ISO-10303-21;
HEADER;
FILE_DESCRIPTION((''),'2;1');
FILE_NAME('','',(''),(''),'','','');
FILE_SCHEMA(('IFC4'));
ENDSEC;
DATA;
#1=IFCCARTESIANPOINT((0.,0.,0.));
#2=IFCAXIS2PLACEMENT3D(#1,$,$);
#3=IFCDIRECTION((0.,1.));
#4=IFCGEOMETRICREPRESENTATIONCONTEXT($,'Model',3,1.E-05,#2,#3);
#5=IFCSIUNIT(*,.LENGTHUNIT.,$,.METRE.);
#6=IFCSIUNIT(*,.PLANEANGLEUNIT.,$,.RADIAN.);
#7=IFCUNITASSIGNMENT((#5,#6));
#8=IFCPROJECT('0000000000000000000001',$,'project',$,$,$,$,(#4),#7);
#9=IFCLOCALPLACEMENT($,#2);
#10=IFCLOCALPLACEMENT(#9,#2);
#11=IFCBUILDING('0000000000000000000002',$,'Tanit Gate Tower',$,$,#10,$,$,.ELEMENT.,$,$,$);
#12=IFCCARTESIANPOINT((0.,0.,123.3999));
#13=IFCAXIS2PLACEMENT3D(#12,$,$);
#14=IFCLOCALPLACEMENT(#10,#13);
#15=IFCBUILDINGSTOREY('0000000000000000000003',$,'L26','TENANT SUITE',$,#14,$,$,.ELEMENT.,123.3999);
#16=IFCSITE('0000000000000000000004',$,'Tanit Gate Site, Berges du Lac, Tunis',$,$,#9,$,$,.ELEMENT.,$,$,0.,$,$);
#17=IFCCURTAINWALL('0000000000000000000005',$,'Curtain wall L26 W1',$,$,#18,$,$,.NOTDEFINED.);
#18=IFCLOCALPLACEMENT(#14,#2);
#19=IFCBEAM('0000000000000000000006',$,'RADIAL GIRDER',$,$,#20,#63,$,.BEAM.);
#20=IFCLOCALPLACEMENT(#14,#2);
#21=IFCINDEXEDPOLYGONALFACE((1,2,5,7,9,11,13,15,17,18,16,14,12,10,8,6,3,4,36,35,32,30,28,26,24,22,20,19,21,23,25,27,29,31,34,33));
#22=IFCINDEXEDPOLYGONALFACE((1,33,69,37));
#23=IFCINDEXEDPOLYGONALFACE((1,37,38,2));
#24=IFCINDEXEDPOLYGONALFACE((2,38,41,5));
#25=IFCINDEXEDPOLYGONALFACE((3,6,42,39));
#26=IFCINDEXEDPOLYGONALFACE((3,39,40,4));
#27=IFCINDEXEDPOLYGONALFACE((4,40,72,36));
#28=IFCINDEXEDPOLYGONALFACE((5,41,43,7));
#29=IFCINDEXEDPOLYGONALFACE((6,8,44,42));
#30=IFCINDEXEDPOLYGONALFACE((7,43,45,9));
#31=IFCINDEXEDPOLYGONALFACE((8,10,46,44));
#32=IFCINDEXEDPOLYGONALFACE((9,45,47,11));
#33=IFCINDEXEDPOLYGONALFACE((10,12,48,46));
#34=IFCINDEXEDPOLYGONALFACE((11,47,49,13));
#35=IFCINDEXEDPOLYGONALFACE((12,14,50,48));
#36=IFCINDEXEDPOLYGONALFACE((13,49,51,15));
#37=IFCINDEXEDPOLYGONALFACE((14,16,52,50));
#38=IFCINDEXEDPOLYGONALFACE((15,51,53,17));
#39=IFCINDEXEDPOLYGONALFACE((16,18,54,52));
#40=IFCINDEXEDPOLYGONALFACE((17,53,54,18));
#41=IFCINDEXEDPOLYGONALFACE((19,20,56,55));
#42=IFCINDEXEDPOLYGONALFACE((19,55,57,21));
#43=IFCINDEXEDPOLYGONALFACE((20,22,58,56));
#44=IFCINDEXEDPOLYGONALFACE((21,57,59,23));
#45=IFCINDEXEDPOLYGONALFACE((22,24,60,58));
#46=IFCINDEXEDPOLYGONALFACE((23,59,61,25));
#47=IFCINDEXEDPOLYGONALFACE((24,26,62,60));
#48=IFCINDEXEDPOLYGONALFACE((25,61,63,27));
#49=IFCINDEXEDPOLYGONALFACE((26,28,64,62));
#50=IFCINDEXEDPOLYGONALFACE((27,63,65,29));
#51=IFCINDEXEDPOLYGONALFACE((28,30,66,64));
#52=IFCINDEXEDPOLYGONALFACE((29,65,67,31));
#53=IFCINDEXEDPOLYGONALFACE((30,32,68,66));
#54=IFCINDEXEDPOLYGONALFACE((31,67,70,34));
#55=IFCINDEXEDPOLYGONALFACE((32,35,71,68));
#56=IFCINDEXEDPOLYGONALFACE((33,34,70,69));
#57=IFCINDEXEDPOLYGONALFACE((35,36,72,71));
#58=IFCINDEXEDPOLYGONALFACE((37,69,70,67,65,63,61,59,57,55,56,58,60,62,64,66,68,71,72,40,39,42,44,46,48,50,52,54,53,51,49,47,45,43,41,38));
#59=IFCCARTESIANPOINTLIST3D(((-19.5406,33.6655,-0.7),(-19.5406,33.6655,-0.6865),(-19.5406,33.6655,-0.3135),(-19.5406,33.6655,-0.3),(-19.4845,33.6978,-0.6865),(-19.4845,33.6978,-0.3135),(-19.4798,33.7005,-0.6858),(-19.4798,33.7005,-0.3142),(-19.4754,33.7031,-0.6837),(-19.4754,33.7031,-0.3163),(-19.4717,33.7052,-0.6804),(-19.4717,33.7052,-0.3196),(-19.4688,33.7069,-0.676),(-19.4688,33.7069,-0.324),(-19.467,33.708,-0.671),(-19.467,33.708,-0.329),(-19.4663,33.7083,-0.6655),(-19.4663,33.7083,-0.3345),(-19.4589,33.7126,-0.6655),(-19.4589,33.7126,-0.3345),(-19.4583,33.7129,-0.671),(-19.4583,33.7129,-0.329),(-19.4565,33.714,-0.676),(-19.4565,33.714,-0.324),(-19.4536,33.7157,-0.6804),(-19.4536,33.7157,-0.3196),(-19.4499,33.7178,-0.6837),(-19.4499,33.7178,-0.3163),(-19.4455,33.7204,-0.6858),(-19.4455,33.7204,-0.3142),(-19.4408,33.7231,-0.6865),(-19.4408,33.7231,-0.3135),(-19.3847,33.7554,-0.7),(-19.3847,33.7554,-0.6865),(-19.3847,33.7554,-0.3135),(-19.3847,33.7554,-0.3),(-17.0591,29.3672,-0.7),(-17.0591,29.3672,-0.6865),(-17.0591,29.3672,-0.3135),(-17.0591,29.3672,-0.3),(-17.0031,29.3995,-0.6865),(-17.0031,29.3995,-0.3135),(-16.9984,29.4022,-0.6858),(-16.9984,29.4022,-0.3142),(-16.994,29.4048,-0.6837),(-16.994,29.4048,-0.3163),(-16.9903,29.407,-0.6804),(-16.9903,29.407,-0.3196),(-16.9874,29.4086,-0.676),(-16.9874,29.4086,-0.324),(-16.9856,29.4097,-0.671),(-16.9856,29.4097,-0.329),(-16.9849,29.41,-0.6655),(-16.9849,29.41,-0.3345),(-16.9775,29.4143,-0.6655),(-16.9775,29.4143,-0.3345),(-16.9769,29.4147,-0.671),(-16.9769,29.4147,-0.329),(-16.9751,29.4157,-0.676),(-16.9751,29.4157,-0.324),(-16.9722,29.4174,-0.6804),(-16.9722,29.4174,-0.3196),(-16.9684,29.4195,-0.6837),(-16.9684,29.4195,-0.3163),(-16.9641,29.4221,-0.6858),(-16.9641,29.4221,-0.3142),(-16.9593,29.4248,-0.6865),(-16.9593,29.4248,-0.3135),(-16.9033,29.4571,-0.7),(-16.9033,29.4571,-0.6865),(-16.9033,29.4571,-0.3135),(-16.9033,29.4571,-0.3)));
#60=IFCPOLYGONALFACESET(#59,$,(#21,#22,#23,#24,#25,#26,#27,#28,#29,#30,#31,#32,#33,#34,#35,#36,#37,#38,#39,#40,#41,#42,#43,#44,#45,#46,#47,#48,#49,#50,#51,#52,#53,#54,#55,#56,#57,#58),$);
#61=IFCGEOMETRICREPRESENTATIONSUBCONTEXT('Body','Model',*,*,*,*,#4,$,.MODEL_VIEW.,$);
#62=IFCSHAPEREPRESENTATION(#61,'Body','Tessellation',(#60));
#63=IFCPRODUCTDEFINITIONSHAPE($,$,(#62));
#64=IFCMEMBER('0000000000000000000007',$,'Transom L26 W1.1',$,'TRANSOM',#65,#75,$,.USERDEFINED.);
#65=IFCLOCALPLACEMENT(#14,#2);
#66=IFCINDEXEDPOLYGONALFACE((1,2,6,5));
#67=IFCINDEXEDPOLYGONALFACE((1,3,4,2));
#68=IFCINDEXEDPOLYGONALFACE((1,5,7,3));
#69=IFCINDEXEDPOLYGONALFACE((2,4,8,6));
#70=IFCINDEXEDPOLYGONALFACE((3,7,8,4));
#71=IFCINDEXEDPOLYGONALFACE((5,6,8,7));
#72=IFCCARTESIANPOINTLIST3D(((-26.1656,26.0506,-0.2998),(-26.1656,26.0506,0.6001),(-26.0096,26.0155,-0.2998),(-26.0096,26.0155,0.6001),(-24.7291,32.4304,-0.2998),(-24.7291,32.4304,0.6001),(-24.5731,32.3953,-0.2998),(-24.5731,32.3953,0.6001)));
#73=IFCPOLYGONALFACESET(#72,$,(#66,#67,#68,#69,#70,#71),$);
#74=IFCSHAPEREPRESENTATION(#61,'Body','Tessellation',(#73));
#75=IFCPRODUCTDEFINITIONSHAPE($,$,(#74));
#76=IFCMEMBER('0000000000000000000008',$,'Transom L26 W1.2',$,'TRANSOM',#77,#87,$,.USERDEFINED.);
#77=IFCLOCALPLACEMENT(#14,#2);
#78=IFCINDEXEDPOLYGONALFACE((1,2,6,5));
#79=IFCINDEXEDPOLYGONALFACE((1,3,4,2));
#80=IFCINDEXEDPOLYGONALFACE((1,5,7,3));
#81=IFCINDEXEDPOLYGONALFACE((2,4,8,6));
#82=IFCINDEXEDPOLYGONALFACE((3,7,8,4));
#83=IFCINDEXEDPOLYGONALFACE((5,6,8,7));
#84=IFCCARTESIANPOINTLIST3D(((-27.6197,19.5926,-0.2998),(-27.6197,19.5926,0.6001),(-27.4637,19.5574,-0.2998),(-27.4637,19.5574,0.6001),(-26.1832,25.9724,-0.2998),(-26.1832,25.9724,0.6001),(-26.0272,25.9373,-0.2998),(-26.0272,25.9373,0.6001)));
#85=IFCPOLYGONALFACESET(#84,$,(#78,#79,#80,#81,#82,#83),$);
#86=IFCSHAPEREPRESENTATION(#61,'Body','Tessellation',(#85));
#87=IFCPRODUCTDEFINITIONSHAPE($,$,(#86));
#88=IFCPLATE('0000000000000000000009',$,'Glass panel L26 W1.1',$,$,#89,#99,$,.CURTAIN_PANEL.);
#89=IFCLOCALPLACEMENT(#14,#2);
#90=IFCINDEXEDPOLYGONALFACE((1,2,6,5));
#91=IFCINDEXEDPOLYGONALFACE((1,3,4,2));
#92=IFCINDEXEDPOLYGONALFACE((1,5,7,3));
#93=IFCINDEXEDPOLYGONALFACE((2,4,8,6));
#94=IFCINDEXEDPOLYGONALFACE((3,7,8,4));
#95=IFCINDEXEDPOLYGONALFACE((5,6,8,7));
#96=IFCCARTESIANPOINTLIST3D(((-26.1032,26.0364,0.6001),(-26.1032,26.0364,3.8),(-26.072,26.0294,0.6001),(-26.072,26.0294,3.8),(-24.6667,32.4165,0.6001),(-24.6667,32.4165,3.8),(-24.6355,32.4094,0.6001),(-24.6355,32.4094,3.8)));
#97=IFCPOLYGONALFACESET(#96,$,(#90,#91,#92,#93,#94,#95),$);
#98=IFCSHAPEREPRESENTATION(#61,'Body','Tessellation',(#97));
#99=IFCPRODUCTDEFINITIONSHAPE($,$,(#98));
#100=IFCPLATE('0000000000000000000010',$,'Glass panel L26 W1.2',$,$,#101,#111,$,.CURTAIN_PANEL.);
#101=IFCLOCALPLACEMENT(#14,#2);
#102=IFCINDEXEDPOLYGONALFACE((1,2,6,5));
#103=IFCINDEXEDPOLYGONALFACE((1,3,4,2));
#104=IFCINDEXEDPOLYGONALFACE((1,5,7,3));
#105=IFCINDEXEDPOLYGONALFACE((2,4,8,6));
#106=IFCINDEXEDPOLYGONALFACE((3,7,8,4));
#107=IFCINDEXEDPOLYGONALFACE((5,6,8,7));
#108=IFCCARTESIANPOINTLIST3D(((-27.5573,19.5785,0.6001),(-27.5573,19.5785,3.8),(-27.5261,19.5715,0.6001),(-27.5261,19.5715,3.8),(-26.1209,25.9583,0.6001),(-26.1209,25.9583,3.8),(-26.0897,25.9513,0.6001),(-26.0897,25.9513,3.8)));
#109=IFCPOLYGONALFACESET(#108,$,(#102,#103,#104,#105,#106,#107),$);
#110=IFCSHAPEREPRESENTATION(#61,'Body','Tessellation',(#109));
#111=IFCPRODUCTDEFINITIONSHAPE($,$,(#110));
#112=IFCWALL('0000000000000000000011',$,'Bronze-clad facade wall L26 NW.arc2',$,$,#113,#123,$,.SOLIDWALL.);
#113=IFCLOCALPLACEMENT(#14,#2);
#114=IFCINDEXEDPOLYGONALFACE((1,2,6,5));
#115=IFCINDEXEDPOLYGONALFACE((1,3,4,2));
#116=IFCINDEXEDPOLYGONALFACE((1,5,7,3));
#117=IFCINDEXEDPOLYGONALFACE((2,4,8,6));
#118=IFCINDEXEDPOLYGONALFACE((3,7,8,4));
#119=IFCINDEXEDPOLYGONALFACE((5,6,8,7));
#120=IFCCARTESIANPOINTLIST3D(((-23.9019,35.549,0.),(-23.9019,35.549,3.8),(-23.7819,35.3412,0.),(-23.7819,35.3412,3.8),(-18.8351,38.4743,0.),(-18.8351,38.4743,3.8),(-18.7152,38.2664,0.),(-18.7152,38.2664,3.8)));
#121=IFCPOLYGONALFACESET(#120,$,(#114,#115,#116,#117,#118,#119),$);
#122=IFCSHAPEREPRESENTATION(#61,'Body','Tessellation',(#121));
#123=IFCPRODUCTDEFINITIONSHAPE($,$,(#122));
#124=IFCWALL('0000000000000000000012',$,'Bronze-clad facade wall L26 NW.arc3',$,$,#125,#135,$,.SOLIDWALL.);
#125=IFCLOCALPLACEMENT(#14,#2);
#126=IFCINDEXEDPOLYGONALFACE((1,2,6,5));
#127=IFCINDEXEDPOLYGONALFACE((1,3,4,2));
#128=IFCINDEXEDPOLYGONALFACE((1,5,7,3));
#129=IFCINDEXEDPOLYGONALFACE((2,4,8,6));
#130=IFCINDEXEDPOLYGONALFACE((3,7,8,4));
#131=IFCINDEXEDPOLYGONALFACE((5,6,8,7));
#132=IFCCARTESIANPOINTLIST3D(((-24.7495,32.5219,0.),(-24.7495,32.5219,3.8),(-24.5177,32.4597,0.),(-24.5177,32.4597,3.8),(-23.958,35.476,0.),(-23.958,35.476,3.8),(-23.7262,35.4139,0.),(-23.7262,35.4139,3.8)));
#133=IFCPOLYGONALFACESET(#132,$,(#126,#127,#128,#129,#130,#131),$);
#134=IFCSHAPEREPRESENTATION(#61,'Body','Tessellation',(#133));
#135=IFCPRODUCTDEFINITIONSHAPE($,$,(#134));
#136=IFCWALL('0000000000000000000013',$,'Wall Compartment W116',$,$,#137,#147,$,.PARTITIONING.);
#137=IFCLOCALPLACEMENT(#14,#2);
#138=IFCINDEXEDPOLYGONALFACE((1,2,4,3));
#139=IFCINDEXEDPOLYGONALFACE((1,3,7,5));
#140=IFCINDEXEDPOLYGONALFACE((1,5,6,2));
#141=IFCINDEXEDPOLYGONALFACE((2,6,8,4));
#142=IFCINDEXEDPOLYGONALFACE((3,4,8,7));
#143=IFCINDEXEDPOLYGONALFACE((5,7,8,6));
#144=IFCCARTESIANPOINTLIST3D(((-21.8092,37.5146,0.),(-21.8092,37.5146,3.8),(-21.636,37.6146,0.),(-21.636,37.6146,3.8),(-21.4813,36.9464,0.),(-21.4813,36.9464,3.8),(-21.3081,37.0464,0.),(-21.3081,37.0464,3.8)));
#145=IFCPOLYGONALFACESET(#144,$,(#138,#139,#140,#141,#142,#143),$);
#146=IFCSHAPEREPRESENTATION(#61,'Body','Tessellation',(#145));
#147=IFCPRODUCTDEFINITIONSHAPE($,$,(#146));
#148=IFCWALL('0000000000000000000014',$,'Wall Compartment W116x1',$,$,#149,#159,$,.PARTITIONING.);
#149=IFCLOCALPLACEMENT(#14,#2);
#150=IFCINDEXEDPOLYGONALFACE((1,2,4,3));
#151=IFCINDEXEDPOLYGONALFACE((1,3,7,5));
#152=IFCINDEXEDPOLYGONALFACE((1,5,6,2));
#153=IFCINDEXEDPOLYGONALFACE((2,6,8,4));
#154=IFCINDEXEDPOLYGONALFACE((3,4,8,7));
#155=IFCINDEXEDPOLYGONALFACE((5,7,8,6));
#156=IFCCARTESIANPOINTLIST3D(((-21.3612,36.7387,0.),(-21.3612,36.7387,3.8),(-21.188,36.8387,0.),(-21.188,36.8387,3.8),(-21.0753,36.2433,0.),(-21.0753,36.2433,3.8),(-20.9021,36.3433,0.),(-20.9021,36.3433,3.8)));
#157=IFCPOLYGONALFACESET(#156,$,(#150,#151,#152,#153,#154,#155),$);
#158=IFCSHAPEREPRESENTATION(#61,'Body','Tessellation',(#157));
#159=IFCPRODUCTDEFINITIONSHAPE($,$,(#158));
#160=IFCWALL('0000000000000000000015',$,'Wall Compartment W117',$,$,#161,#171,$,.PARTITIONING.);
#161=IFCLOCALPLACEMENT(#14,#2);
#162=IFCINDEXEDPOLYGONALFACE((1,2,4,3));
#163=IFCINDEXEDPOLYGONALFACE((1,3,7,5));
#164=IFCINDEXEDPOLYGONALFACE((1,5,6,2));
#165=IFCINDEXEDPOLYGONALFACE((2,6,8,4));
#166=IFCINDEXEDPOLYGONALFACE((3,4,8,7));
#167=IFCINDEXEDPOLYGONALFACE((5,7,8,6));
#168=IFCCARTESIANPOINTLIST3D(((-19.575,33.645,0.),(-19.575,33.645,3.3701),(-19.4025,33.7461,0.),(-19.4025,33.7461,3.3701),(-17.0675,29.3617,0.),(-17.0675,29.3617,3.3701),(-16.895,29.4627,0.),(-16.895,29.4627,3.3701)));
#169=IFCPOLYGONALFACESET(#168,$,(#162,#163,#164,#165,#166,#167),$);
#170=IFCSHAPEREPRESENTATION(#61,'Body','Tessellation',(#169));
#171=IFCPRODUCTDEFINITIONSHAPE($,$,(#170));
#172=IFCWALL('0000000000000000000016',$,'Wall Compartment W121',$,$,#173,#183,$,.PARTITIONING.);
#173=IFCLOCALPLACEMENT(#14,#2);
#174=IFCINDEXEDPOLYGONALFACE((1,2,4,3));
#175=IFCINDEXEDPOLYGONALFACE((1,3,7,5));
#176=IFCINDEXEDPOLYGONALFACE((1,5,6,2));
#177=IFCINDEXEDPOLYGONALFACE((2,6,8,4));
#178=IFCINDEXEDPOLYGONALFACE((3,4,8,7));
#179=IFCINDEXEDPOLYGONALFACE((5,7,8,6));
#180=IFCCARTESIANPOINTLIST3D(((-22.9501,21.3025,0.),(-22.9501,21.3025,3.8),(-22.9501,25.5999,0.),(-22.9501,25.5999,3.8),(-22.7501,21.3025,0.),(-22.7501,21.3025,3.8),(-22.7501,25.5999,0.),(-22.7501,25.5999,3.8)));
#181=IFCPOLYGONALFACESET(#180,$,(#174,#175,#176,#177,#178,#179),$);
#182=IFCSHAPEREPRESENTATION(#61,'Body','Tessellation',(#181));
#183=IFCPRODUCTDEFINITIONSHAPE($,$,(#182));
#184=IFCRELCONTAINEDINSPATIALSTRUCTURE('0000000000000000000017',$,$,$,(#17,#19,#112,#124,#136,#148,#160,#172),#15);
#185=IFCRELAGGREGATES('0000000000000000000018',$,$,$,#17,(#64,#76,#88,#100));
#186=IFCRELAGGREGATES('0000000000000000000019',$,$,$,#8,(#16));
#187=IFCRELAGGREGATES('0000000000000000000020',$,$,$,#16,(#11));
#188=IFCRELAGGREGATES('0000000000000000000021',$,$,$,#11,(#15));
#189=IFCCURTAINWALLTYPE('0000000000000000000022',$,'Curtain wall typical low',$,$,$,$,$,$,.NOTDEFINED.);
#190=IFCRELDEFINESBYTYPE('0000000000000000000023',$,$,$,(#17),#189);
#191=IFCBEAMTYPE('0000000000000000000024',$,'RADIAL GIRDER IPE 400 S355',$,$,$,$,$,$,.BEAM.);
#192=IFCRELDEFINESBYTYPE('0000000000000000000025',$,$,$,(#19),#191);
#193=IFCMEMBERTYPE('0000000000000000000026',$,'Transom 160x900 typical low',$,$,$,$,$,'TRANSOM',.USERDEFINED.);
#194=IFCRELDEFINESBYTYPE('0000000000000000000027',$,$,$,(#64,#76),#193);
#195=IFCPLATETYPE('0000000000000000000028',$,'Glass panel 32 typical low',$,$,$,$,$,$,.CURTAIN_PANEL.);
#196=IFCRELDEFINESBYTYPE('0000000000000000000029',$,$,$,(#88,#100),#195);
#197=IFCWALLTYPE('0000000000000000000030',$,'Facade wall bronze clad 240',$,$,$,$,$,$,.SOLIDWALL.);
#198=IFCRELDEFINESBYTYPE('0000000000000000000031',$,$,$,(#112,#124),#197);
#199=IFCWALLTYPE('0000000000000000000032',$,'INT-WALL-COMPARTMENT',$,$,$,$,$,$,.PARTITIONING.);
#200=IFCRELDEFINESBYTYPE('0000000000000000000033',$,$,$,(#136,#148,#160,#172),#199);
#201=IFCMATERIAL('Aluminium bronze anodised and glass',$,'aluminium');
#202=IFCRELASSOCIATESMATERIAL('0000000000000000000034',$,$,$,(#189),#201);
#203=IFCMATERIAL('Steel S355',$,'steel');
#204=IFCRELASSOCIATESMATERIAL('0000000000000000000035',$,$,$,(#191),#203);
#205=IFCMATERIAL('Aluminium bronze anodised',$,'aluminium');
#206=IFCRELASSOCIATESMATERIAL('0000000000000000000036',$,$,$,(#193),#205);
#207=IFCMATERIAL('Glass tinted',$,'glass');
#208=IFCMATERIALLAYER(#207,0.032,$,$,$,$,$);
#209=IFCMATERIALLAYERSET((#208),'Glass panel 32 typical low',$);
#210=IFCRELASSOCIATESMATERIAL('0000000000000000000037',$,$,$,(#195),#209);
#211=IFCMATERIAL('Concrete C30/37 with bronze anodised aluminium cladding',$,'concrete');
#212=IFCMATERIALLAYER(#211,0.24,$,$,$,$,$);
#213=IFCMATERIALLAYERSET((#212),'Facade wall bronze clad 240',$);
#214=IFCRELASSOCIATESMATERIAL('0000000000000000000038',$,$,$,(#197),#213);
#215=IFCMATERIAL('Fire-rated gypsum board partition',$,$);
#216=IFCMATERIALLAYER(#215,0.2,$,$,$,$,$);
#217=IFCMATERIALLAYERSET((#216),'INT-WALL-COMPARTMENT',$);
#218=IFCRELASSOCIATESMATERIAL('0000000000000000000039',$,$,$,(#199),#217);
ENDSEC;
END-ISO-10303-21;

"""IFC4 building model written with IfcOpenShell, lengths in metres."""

from ifc_helpers import new_model, si_unit, direction, frame, frame_2d, origin, origin_2d, place, context, subcontext, project, spatial, rectangle, i_section, extrude, material, layer, layer_set, material_profile, profile_set, type_object, element, aggregate, save


model = new_model("IFC4")

# Units and contexts
model_context = context("Model", 3, precision=1e-05, world=origin(), true_north=direction((0.0, 1.0)))
body_context = subcontext(model_context, "Body", "Model", "MODEL_VIEW")
ifc_project = project(units=[si_unit("LENGTHUNIT", "METRE"), si_unit("PLANEANGLEUNIT", "RADIAN")], contexts=[model_context])

# Site, building, storey
site_placement = place(None, origin())
site = spatial("IfcSite", under=ifc_project, at=site_placement, Name="Tanit Gate Site, Berges du Lac, Tunis", CompositionType="ELEMENT", RefElevation=0.0)
building_placement = place(site_placement, origin())
building = spatial("IfcBuilding", under=site, at=building_placement, Name="Tanit Gate Tower", CompositionType="ELEMENT")
storey_placement = place(building_placement, frame((0.0, 0.0, 123.3999)))
storey = spatial("IfcBuildingStorey", under=building, at=storey_placement, Name="L26", Description="TENANT SUITE", CompositionType="ELEMENT", Elevation=123.3999)

# Curtain wall
ifc_material_1 = material(Name="Aluminium bronze anodised and glass", Category="aluminium")
curtain_wall_type = type_object("IfcCurtainWallType", Name="Curtain wall typical low", PredefinedType="NOTDEFINED", material=ifc_material_1)
curtain_wall_placement = place(storey_placement, origin())
curtain_wall = element("IfcCurtainWall", 1, at=curtain_wall_placement, inside=storey, type_object=curtain_wall_type, Name="Curtain wall L26 W1", PredefinedType="NOTDEFINED")

# Beam
ifc_material_2 = material(Name="Steel S355", Category="steel")
ifc_material_profile_1 = material_profile(ifc_material_2, i_section(OverallWidth=0.1799, OverallDepth=0.3999, WebThickness=0.0085, FlangeThickness=0.0134, FilletRadius=0.021, at=origin_2d()), Name="IPE 400")
ifc_profile_set_1 = profile_set([ifc_material_profile_1], Name="Steel S355")
beam_type_1 = type_object("IfcBeamType", Name="RADIAL GIRDER IPE 400 S355", PredefinedType="BEAM", material=ifc_profile_set_1)
beam_1_placement = place(storey_placement, frame((-19.4626, 33.7104, -0.5), z_axis=(0.499969, -0.866043, 0.0), x_axis=(0.866043, 0.499969, 0.0)))
element("IfcBeam", 2, at=beam_1_placement, inside=storey, type_object=beam_type_1, Name="RADIAL GIRDER", PredefinedType="BEAM", context=body_context, shape_type="SweptSolid", body=[
    extrude(i_section(OverallWidth=0.1799, OverallDepth=0.3999, WebThickness=0.0085, FlangeThickness=0.0134, FilletRadius=0.021, at=origin_2d()), origin(), (0.0, 0.0, 1.0), 4.9631),
])

# Members
ifc_material_3 = material(Name="Aluminium bronze anodised", Category="aluminium")
ifc_material_profile_2 = material_profile(ifc_material_3, rectangle(XDim=0.1599, YDim=0.8999, at=origin_2d()), Name="160x900 bronze transom")
ifc_profile_set_2 = profile_set([ifc_material_profile_2], Name="Aluminium bronze anodised")
member_type_1 = type_object("IfcMemberType", Name="Transom 160x900 typical low", ElementType="TRANSOM", PredefinedType="USERDEFINED", material=ifc_profile_set_2)
member_1_placement = place(storey_placement, frame((-24.6511, 32.4128, 0.1501), z_axis=(-0.219665, -0.975575, 0.0), x_axis=(0.975575, -0.219665, 0.0)))
member_1 = element("IfcMember", 3, at=member_1_placement, type_object=member_type_1, Name="Transom L26 W1.1", ObjectType="TRANSOM", PredefinedType="USERDEFINED", context=body_context, shape_type="SweptSolid", body=[
    extrude(rectangle(XDim=0.1599, YDim=0.8999, at=origin_2d()), origin(), (0.0, 0.0, 1.0), 6.5396),
])
member_2_placement = place(storey_placement, frame((-26.1052, 25.9548, 0.1501), z_axis=(-0.219665, -0.975575, 0.0), x_axis=(0.975575, -0.219665, 0.0)))
member_2 = element("IfcMember", 4, at=member_2_placement, type_object=member_type_1, Name="Transom L26 W1.2", ObjectType="TRANSOM", PredefinedType="USERDEFINED", context=body_context, shape_type="SweptSolid", body=[
    extrude(rectangle(XDim=0.1599, YDim=0.8999, at=origin_2d()), origin(), (0.0, 0.0, 1.0), 6.5396),
])

# Plates
ifc_material_4 = material(Name="Glass tinted", Category="glass")
ifc_layer_1 = layer(ifc_material_4, 0.032)
ifc_layer_set_1 = layer_set([ifc_layer_1], Name="Glass panel 32 typical low")
plate_type = type_object("IfcPlateType", Name="Glass panel 32 typical low", PredefinedType="CURTAIN_PANEL", material=ifc_layer_set_1)
plate_1_placement = place(storey_placement, frame((-25.3694, 29.2229, 0.6001), z_axis=(0.0, 0.0, 1.0), x_axis=(-0.219657, -0.975577, 0.0)))
plate_1 = element("IfcPlate", 5, at=plate_1_placement, type_object=plate_type, Name="Glass panel L26 W1.1", PredefinedType="CURTAIN_PANEL", context=body_context, shape_type="SweptSolid", body=[
    extrude(rectangle(XDim=6.5398, YDim=0.032, at=origin_2d()), origin(), (0.0, 0.0, 1.0), 3.2),
])
plate_2_placement = place(storey_placement, frame((-26.8235, 22.7649, 0.6001), z_axis=(0.0, 0.0, 1.0), x_axis=(-0.219657, -0.975577, 0.0)))
plate_2 = element("IfcPlate", 6, at=plate_2_placement, type_object=plate_type, Name="Glass panel L26 W1.2", PredefinedType="CURTAIN_PANEL", context=body_context, shape_type="SweptSolid", body=[
    extrude(rectangle(XDim=6.5396, YDim=0.032, at=origin_2d()), origin(), (0.0, 0.0, 1.0), 3.2),
])
aggregate(curtain_wall, [member_1, member_2, plate_1, plate_2])

# Walls
ifc_material_5 = material(Name="Concrete C30/37 with bronze anodised aluminium cladding", Category="concrete")
ifc_layer_2 = layer(ifc_material_5, 0.24)
ifc_layer_set_2 = layer_set([ifc_layer_2], Name="Facade wall bronze clad 240")
wall_type_1 = type_object("IfcWallType", Name="Facade wall bronze clad 240", PredefinedType="SOLIDWALL", material=ifc_layer_set_2)
wall_1_placement = place(storey_placement, frame((-18.7751, 38.3704, 0.0), z_axis=(0.0, 0.0, 1.0), x_axis=(-0.866031, -0.49999, 0.0)))
element("IfcWall", 7, at=wall_1_placement, inside=storey, type_object=wall_type_1, Name="Bronze-clad facade wall L26 NW.arc2", PredefinedType="SOLIDWALL", context=body_context, shape_type="SweptSolid", body=[
    extrude(rectangle(XDim=5.8506, YDim=0.24, at=frame_2d((2.9253, 0.0))), origin(), (0.0, 0.0, 1.0), 3.8),
])
wall_2_placement = place(storey_placement, frame((-23.842, 35.4451, 0.0), z_axis=(0.0, 0.0, 1.0), x_axis=(-0.258805, -0.96593, 0.0)))
element("IfcWall", 8, at=wall_2_placement, inside=storey, type_object=wall_type_1, Name="Bronze-clad facade wall L26 NW.arc3", PredefinedType="SOLIDWALL", context=body_context, shape_type="SweptSolid", body=[
    extrude(rectangle(XDim=3.0583, YDim=0.24, at=frame_2d((1.5293, 0.0))), origin(), (0.0, 0.0, 1.0), 3.8),
])
ifc_material_6 = material(Name="Fire-rated gypsum board partition")
ifc_layer_3 = layer(ifc_material_6, 0.2)
ifc_layer_set_3 = layer_set([ifc_layer_3], Name="INT-WALL-COMPARTMENT")
wall_type_2 = type_object("IfcWallType", Name="INT-WALL-COMPARTMENT", PredefinedType="PARTITIONING", material=ifc_layer_set_3)
wall_3_placement = place(storey_placement, frame((-21.7227, 37.5647, 0.0), z_axis=(0.0, 0.0, 1.0), x_axis=(0.499862, -0.866105, 0.0)))
element("IfcWall", 9, at=wall_3_placement, inside=storey, type_object=wall_type_2, Name="Wall Compartment W116", PredefinedType="PARTITIONING", context=body_context, shape_type="SweptSolid", body=[
    extrude(rectangle(XDim=0.656, YDim=0.2, at=frame_2d((0.3281, 0.0))), origin(), (0.0, 0.0, 1.0), 3.8),
])
wall_4_placement = place(storey_placement, frame((-21.2747, 36.7888, 0.0), z_axis=(0.0, 0.0, 1.0), x_axis=(0.499858, -0.866107, 0.0)))
element("IfcWall", 10, at=wall_4_placement, inside=storey, type_object=wall_type_2, Name="Wall Compartment W116x1", PredefinedType="PARTITIONING", context=body_context, shape_type="SweptSolid", body=[
    extrude(rectangle(XDim=0.572, YDim=0.2, at=frame_2d((0.2861, 0.0))), origin(), (0.0, 0.0, 1.0), 3.8),
])
wall_5_placement = place(storey_placement, frame((-19.4888, 33.6956, 0.0), z_axis=(0.0, 0.0, 1.0), x_axis=(0.505207, -0.862998, 0.0)))
element("IfcWall", 11, at=wall_5_placement, inside=storey, type_object=wall_type_2, Name="Wall Compartment W117", PredefinedType="PARTITIONING", context=body_context, shape_type="SweptSolid", body=[
    extrude(rectangle(XDim=4.9634, YDim=0.2, at=frame_2d((2.4817, 0.0))), origin(), (0.0, 0.0, 1.0), 3.3701),
])
wall_6_placement = place(storey_placement, frame((-22.8501, 21.3025, 0.0), z_axis=(0.0, 0.0, 1.0), x_axis=(0.0, 1.0, 0.0)))
element("IfcWall", 12, at=wall_6_placement, inside=storey, type_object=wall_type_2, Name="Wall Compartment W121", PredefinedType="PARTITIONING", context=body_context, shape_type="SweptSolid", body=[
    extrude(rectangle(XDim=4.2974, YDim=0.2, at=frame_2d((2.1487, 0.0))), origin(), (0.0, 0.0, 1.0), 3.8),
])

save(model, "model.ifc")
